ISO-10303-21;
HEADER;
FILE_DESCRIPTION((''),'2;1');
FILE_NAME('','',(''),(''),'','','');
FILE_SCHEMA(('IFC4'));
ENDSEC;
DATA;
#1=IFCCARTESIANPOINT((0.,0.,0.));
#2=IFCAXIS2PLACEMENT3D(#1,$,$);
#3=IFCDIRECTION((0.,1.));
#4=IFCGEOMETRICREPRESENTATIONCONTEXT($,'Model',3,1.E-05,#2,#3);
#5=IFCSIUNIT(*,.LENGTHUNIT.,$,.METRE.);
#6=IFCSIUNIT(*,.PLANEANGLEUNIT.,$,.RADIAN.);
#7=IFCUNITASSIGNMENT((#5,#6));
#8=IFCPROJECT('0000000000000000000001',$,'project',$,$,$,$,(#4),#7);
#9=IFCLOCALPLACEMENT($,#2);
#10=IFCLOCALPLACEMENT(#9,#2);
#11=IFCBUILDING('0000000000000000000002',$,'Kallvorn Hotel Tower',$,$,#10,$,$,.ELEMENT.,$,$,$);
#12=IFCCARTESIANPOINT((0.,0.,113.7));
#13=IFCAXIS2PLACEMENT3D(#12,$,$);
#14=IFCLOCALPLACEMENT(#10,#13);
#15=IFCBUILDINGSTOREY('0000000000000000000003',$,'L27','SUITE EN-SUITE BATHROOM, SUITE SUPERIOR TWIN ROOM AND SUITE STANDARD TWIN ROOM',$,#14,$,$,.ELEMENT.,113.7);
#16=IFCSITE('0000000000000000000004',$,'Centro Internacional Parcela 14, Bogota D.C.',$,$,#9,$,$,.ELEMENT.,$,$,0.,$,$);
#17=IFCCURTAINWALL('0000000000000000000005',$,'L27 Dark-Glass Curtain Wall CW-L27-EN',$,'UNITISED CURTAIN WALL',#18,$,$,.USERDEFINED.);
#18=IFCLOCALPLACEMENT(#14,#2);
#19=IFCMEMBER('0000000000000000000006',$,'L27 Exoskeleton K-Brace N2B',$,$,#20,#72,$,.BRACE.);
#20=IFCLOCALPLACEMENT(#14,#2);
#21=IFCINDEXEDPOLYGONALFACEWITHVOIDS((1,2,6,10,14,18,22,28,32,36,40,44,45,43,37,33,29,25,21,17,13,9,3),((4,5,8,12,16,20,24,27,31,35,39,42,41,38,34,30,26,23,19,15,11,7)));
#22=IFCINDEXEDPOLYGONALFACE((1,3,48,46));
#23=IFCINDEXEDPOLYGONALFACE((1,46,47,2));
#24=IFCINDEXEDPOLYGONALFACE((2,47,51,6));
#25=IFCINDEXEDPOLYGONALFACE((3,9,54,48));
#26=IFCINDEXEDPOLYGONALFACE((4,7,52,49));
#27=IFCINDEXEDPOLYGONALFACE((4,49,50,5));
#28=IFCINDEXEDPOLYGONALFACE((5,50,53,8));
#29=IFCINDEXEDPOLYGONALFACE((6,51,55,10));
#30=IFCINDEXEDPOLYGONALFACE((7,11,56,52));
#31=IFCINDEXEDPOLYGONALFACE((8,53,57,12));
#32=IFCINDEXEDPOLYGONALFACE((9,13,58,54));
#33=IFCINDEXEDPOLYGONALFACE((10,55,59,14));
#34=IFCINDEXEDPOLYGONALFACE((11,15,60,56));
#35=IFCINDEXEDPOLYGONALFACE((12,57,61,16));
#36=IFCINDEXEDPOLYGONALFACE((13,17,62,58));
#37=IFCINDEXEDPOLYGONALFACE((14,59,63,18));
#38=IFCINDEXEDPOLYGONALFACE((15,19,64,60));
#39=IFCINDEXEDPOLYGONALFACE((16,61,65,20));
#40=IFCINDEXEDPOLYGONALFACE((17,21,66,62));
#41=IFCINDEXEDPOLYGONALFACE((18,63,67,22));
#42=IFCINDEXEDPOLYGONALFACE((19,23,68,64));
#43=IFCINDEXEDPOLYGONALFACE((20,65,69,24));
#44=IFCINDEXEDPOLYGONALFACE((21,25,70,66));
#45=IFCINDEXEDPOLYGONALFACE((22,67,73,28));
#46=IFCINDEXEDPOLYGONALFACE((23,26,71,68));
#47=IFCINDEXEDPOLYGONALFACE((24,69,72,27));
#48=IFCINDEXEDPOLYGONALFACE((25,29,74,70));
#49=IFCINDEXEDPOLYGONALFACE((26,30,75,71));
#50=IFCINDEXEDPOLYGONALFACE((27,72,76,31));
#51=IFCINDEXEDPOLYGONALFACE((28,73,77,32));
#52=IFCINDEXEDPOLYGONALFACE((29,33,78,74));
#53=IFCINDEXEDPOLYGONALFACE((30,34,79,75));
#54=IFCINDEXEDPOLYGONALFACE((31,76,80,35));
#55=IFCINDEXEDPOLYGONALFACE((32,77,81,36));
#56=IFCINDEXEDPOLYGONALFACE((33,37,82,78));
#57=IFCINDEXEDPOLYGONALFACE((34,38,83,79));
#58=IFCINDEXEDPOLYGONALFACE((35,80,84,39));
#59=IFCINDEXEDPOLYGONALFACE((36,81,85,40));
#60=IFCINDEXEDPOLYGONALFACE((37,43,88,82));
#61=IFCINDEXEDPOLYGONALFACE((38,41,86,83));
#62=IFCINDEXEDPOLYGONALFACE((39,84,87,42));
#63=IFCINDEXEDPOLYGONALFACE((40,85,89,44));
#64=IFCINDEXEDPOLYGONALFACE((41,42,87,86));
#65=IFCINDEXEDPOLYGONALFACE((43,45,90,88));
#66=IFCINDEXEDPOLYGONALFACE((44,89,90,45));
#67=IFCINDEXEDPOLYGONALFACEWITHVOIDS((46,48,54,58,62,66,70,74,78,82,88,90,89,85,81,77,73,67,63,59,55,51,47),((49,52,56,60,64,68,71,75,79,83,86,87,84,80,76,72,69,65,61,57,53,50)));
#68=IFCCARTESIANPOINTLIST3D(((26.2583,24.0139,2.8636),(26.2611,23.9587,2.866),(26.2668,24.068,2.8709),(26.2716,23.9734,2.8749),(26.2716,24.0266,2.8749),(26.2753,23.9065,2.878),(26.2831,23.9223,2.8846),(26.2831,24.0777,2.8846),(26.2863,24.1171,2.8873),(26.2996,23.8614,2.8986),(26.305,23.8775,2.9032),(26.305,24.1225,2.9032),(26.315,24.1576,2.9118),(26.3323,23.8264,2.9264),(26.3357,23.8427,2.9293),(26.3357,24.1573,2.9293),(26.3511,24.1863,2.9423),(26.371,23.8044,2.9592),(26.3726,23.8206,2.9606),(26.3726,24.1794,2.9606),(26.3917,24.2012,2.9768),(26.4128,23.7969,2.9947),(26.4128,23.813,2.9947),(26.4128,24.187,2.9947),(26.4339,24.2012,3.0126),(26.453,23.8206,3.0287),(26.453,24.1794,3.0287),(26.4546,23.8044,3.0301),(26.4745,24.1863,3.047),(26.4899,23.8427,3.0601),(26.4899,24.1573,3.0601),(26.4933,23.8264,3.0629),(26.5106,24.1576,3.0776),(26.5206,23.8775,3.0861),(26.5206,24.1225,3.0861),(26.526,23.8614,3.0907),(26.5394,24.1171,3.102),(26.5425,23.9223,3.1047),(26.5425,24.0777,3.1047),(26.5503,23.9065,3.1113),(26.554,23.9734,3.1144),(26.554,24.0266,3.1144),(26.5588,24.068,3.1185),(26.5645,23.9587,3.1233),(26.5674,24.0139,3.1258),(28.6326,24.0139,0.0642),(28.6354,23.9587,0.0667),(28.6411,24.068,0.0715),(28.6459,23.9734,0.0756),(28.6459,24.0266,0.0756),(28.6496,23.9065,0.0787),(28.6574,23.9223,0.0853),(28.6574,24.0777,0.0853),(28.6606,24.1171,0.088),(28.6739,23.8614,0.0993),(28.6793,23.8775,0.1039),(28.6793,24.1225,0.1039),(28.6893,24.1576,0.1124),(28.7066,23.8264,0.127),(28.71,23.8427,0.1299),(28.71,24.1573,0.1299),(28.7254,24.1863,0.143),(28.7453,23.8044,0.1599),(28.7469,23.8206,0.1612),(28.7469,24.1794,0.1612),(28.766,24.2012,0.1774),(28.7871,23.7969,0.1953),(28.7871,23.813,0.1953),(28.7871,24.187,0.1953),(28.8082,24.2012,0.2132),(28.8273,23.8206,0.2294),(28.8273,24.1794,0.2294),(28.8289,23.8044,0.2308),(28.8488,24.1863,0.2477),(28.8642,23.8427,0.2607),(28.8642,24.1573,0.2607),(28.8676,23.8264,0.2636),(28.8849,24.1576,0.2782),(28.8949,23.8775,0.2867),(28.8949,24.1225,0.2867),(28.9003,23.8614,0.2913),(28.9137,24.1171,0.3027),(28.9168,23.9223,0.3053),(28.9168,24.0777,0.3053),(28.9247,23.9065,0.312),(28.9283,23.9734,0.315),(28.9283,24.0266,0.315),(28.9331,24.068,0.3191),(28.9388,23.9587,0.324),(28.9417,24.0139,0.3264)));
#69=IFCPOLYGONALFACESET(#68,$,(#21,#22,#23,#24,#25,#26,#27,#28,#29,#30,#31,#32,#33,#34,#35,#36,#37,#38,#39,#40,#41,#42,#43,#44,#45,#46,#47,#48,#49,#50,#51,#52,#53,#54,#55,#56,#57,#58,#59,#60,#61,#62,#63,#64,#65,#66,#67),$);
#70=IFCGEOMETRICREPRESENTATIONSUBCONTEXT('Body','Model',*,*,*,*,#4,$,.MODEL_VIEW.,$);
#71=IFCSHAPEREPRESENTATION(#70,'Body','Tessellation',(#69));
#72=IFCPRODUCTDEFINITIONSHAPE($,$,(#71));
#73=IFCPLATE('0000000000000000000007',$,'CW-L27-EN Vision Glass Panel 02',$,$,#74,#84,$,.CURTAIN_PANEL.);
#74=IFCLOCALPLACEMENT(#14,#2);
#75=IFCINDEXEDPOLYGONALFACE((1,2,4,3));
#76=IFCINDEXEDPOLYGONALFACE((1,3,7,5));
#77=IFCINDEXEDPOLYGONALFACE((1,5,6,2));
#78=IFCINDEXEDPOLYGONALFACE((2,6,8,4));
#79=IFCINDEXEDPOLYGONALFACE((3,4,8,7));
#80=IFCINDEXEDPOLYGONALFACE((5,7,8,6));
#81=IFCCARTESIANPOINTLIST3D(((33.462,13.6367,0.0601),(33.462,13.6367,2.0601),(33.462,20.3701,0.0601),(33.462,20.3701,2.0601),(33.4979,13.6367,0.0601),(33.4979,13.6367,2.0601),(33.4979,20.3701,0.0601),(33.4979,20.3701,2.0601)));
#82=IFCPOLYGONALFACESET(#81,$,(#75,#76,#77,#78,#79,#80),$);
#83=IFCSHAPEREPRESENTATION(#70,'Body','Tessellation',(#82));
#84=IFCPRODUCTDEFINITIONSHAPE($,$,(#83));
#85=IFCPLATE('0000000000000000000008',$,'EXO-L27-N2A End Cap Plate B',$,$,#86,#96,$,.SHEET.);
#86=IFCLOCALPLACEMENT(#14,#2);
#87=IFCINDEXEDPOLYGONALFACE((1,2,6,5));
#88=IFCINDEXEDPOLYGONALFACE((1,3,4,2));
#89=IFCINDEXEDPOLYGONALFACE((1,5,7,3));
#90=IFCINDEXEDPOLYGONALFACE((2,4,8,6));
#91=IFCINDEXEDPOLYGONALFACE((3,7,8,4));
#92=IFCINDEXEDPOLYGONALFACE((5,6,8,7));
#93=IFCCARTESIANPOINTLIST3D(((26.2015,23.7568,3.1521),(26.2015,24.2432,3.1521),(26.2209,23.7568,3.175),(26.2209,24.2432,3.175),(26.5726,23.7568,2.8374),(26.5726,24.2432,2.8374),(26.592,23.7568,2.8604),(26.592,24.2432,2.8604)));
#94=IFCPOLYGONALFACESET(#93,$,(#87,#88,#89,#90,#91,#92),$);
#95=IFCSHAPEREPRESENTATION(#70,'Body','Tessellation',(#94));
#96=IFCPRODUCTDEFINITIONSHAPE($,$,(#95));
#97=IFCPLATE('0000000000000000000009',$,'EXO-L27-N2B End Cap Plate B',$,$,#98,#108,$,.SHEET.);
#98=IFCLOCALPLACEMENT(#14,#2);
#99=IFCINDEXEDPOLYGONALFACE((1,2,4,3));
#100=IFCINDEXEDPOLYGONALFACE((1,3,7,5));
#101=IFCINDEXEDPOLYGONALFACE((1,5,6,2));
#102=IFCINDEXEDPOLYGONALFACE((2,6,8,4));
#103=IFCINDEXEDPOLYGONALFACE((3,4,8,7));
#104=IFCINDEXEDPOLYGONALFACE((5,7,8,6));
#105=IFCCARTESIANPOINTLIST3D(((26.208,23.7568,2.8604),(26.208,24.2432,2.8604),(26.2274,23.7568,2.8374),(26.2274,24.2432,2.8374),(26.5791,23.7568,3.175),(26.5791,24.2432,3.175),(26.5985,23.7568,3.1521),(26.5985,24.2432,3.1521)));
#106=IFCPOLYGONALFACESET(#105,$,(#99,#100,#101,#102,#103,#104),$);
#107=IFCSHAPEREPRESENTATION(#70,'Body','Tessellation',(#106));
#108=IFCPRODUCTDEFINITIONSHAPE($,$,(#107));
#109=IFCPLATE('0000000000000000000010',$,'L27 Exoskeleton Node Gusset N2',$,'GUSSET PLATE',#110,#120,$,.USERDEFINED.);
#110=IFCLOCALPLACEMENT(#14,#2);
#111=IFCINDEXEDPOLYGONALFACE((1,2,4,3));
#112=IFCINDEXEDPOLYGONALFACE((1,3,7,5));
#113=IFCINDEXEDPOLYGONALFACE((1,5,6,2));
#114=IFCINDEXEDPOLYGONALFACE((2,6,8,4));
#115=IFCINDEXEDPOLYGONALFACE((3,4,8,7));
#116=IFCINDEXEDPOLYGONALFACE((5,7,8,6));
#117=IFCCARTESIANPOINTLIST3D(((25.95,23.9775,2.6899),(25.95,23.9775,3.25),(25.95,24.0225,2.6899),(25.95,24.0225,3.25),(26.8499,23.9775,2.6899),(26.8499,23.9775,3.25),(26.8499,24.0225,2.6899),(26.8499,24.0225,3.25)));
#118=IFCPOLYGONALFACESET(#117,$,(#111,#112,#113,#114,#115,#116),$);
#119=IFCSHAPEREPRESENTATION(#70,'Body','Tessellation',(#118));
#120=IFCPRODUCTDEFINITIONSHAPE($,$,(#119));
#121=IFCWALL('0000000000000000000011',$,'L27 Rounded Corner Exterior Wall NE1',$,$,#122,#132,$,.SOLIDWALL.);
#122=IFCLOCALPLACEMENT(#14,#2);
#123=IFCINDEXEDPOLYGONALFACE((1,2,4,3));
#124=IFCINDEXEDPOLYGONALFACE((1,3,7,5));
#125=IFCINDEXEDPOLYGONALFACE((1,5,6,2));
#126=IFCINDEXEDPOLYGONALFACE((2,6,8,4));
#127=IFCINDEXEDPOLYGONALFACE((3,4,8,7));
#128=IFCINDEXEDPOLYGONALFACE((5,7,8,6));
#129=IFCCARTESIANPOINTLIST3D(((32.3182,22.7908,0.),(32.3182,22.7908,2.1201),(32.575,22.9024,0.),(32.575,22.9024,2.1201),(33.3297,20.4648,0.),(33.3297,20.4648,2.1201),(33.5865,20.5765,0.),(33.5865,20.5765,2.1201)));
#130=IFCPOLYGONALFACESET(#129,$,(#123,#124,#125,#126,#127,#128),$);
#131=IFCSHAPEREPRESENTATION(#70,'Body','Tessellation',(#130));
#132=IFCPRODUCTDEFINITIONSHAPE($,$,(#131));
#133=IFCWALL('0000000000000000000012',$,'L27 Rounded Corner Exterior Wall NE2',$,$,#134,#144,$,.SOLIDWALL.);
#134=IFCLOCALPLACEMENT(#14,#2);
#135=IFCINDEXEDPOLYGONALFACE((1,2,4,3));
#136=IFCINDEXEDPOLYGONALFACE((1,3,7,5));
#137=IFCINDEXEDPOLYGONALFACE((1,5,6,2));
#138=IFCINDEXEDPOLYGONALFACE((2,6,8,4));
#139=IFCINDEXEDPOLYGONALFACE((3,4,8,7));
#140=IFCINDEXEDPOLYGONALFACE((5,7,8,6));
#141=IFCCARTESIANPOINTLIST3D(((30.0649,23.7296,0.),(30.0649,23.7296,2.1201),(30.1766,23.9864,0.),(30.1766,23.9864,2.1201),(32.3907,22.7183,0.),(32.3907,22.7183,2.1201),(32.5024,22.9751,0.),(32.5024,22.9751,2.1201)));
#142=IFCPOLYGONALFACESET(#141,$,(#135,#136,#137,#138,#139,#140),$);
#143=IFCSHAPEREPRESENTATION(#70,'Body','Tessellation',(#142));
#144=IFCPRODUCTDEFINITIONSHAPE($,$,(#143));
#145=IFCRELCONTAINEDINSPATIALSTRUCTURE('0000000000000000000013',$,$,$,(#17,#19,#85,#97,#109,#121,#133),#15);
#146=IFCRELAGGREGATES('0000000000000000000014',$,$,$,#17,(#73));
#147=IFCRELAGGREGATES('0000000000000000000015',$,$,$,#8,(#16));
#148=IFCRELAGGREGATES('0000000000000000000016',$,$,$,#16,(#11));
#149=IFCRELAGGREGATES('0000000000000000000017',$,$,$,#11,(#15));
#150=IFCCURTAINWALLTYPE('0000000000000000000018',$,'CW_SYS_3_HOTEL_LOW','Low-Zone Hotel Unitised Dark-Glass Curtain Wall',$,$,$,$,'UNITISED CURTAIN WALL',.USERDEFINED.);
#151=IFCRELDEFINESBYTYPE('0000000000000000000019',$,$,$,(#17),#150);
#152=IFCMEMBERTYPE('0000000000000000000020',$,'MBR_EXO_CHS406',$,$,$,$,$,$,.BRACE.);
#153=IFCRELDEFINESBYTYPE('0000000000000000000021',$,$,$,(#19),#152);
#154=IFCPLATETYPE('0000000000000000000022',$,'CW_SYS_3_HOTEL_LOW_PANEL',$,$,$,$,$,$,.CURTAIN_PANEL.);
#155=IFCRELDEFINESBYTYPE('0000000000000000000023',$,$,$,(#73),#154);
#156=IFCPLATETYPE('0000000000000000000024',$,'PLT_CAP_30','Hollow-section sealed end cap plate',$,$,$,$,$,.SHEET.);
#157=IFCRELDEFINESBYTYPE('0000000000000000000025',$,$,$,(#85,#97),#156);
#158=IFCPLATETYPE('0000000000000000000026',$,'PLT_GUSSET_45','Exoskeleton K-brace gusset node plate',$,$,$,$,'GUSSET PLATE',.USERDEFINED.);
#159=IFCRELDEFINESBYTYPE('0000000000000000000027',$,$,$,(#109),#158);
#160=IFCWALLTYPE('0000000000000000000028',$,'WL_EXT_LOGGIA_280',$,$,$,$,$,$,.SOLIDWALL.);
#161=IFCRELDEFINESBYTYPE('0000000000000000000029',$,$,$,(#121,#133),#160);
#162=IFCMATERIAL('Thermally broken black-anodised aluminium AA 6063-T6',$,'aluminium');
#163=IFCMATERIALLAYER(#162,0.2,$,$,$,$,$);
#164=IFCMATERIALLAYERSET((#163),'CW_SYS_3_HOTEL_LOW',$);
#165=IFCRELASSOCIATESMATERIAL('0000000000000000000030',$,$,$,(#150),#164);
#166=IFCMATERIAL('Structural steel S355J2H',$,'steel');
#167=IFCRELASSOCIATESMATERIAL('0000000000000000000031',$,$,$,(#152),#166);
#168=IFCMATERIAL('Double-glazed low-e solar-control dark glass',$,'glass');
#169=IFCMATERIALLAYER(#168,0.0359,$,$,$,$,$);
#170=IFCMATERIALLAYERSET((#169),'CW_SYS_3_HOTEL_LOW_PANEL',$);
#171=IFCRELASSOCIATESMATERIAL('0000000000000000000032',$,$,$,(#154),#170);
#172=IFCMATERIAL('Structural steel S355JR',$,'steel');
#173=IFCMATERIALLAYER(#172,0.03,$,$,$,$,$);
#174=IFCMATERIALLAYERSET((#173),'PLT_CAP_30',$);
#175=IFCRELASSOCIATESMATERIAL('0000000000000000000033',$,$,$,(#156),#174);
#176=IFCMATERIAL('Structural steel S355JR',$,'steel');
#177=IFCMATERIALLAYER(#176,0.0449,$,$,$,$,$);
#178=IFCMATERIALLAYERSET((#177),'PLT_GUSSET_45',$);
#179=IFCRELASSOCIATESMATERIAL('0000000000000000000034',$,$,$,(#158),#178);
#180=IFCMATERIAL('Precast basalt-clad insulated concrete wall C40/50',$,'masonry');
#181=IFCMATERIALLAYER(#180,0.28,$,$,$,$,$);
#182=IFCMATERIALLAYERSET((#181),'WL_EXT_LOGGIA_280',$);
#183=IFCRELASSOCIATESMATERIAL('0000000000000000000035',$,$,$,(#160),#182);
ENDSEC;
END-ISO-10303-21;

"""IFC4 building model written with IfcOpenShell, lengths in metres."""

from ifc_helpers import new_model, si_unit, direction, frame, frame_2d, origin, origin_2d, place, context, subcontext, project, spatial, polyline, rectangle, hollow_circle, outline, extrude, material, layer, layer_set, material_profile, profile_set, type_object, element, aggregate, save


model = new_model("IFC4")

# Units and contexts
model_context = context("Model", 3, precision=1e-05, world=origin(), true_north=direction((0.0, 1.0)))
body_context = subcontext(model_context, "Body", "Model", "MODEL_VIEW")
ifc_project = project(units=[si_unit("LENGTHUNIT", "METRE"), si_unit("PLANEANGLEUNIT", "RADIAN")], contexts=[model_context])

# Site, building, storey
site_placement = place(None, origin())
site = spatial("IfcSite", under=ifc_project, at=site_placement, Name="Centro Internacional Parcela 14, Bogota D.C.", CompositionType="ELEMENT", RefElevation=0.0)
building_placement = place(site_placement, origin())
building = spatial("IfcBuilding", under=site, at=building_placement, Name="Kallvorn Hotel Tower", CompositionType="ELEMENT")
storey_placement = place(building_placement, frame((0.0, 0.0, 113.7)))
storey = spatial("IfcBuildingStorey", under=building, at=storey_placement, Name="L27", Description="SUITE EN-SUITE BATHROOM, SUITE SUPERIOR TWIN ROOM AND SUITE STANDARD TWIN ROOM", CompositionType="ELEMENT", Elevation=113.7)

# Curtain wall
ifc_material_1 = material(Name="Thermally broken black-anodised aluminium AA 6063-T6", Category="aluminium")
ifc_layer_1 = layer(ifc_material_1, 0.2)
ifc_layer_set_1 = layer_set([ifc_layer_1], Name="CW_SYS_3_HOTEL_LOW")
curtain_wall_type = type_object("IfcCurtainWallType", Name="CW_SYS_3_HOTEL_LOW", Description="Low-Zone Hotel Unitised Dark-Glass Curtain Wall", ElementType="UNITISED CURTAIN WALL", PredefinedType="USERDEFINED", material=ifc_layer_set_1)
curtain_wall_placement = place(storey_placement, origin())
curtain_wall = element("IfcCurtainWall", 1, at=curtain_wall_placement, inside=storey, type_object=curtain_wall_type, Name="L27 Dark-Glass Curtain Wall CW-L27-EN", ObjectType="UNITISED CURTAIN WALL", PredefinedType="USERDEFINED")

# Member
ifc_material_2 = material(Name="Structural steel S355J2H", Category="steel")
ifc_material_profile_1 = material_profile(ifc_material_2, hollow_circle(Radius=0.2031, WallThickness=0.0161, at=origin_2d()), Name="CHS 406.4x16")
ifc_profile_set_1 = profile_set([ifc_material_profile_1], Name="Structural steel S355J2H")
member_type_1 = type_object("IfcMemberType", Name="MBR_EXO_CHS406", PredefinedType="BRACE", material=ifc_profile_set_1)
for number, where, z_axis, x_axis, name in (
    (2, (28.7871, 24.0, 0.1953), (-0.646833, 0.0, 0.762631), (0.0, -1.0, 0.0), "L27 Exoskeleton K-Brace N2B"),
):
    element("IfcMember", number, at=place(storey_placement, frame(where, z_axis=z_axis, x_axis=x_axis)), inside=storey, type_object=member_type_1, Name=name, PredefinedType="BRACE", context=body_context, shape_type="SweptSolid", body=[
        extrude(hollow_circle(Radius=0.2031, WallThickness=0.0161, at=origin_2d()), origin(), (0.0, 0.0, 1.0), 3.6707),
    ])

# Plate
ifc_material_3 = material(Name="Double-glazed low-e solar-control dark glass", Category="glass")
ifc_layer_2 = layer(ifc_material_3, 0.0359)
ifc_layer_set_2 = layer_set([ifc_layer_2], Name="CW_SYS_3_HOTEL_LOW_PANEL")
plate_type_1 = type_object("IfcPlateType", Name="CW_SYS_3_HOTEL_LOW_PANEL", PredefinedType="CURTAIN_PANEL", material=ifc_layer_set_2)
plate_1_placement = place(storey_placement, frame((33.48, 17.0034, 0.0601), z_axis=(0.0, 0.0, 1.0), x_axis=(0.0, 1.0, 0.0)))
plate_1 = element("IfcPlate", 3, at=plate_1_placement, type_object=plate_type_1, Name="CW-L27-EN Vision Glass Panel 02", PredefinedType="CURTAIN_PANEL", context=body_context, shape_type="SweptSolid", body=[
    extrude(rectangle(XDim=6.7334, YDim=0.0359, at=origin_2d()), origin(), (0.0, 0.0, 1.0), 2.0),
])
aggregate(curtain_wall, [plate_1])

# Plates
ifc_material_4 = material(Name="Structural steel S355JR", Category="steel")
ifc_layer_3 = layer(ifc_material_4, 0.03)
ifc_layer_set_3 = layer_set([ifc_layer_3], Name="PLT_CAP_30")
plate_type_2 = type_object("IfcPlateType", Name="PLT_CAP_30", Description="Hollow-section sealed end cap plate", PredefinedType="SHEET", material=ifc_layer_set_3)
for number, where, z_axis, x_axis, name in (
    (4, (26.592, 23.7568, 2.8604), (0.646774, 0.0, 0.762682), (0.0, 1.0, 0.0), "EXO-L27-N2A End Cap Plate B"),
    (5, (26.208, 24.2432, 2.8604), (-0.646774, 0.0, 0.762682), (0.0, -1.0, 0.0), "EXO-L27-N2B End Cap Plate B"),
):
    element("IfcPlate", number, at=place(storey_placement, frame(where, z_axis=z_axis, x_axis=x_axis)), inside=storey, type_object=plate_type_2, Name=name, PredefinedType="SHEET", context=body_context, shape_type="SweptSolid", body=[
        extrude(outline(polyline([(0.0, 0.0), (0.4863, 0.0), (0.4863, 0.4866), (0.0, 0.4866), (0.0, 0.0)])), origin(), (0.0, 0.0, -1.0), 0.03),
    ])
ifc_material_5 = material(Name="Structural steel S355JR", Category="steel")
ifc_layer_4 = layer(ifc_material_5, 0.0449)
ifc_layer_set_4 = layer_set([ifc_layer_4], Name="PLT_GUSSET_45")
plate_type_3 = type_object("IfcPlateType", Name="PLT_GUSSET_45", Description="Exoskeleton K-brace gusset node plate", ElementType="GUSSET PLATE", PredefinedType="USERDEFINED", material=ifc_layer_set_4)
plate_2_placement = place(storey_placement, frame((26.3999, 24.0, 2.6899), z_axis=(0.0, 0.0, 1.0), x_axis=(1.0, 0.0, 0.0)))
element("IfcPlate", 6, at=plate_2_placement, inside=storey, type_object=plate_type_3, Name="L27 Exoskeleton Node Gusset N2", ObjectType="GUSSET PLATE", PredefinedType="USERDEFINED", context=body_context, shape_type="SweptSolid", body=[
    extrude(rectangle(XDim=0.8999, YDim=0.0449, at=origin_2d()), origin(), (0.0, 0.0, 1.0), 0.5601),
])

# Walls
ifc_material_6 = material(Name="Precast basalt-clad insulated concrete wall C40/50", Category="masonry")
ifc_layer_5 = layer(ifc_material_6, 0.28)
ifc_layer_set_5 = layer_set([ifc_layer_5], Name="WL_EXT_LOGGIA_280")
wall_type = type_object("IfcWallType", Name="WL_EXT_LOGGIA_280", PredefinedType="SOLIDWALL", material=ifc_layer_set_5)
wall_1_placement = place(storey_placement, frame((33.458, 20.5208, 0.0), z_axis=(0.0, 0.0, 1.0), x_axis=(-0.398793, 0.917041, 0.0)))
element("IfcWall", 7, at=wall_1_placement, inside=storey, type_object=wall_type, Name="L27 Rounded Corner Exterior Wall NE1", PredefinedType="SOLIDWALL", context=body_context, shape_type="SweptSolid", body=[
    extrude(rectangle(XDim=2.5364, YDim=0.28, at=frame_2d((1.2681, 0.0))), origin(), (0.0, 0.0, 1.0), 2.1201),
])
wall_2_placement = place(storey_placement, frame((32.4465, 22.8467, 0.0), z_axis=(0.0, 0.0, 1.0), x_axis=(-0.917061, 0.398747, 0.0)))
element("IfcWall", 8, at=wall_2_placement, inside=storey, type_object=wall_type, Name="L27 Rounded Corner Exterior Wall NE2", PredefinedType="SOLIDWALL", context=body_context, shape_type="SweptSolid", body=[
    extrude(rectangle(XDim=2.5361, YDim=0.28, at=frame_2d((1.2681, 0.0))), origin(), (0.0, 0.0, 1.0), 2.1201),
])

save(model, "model.ifc")
